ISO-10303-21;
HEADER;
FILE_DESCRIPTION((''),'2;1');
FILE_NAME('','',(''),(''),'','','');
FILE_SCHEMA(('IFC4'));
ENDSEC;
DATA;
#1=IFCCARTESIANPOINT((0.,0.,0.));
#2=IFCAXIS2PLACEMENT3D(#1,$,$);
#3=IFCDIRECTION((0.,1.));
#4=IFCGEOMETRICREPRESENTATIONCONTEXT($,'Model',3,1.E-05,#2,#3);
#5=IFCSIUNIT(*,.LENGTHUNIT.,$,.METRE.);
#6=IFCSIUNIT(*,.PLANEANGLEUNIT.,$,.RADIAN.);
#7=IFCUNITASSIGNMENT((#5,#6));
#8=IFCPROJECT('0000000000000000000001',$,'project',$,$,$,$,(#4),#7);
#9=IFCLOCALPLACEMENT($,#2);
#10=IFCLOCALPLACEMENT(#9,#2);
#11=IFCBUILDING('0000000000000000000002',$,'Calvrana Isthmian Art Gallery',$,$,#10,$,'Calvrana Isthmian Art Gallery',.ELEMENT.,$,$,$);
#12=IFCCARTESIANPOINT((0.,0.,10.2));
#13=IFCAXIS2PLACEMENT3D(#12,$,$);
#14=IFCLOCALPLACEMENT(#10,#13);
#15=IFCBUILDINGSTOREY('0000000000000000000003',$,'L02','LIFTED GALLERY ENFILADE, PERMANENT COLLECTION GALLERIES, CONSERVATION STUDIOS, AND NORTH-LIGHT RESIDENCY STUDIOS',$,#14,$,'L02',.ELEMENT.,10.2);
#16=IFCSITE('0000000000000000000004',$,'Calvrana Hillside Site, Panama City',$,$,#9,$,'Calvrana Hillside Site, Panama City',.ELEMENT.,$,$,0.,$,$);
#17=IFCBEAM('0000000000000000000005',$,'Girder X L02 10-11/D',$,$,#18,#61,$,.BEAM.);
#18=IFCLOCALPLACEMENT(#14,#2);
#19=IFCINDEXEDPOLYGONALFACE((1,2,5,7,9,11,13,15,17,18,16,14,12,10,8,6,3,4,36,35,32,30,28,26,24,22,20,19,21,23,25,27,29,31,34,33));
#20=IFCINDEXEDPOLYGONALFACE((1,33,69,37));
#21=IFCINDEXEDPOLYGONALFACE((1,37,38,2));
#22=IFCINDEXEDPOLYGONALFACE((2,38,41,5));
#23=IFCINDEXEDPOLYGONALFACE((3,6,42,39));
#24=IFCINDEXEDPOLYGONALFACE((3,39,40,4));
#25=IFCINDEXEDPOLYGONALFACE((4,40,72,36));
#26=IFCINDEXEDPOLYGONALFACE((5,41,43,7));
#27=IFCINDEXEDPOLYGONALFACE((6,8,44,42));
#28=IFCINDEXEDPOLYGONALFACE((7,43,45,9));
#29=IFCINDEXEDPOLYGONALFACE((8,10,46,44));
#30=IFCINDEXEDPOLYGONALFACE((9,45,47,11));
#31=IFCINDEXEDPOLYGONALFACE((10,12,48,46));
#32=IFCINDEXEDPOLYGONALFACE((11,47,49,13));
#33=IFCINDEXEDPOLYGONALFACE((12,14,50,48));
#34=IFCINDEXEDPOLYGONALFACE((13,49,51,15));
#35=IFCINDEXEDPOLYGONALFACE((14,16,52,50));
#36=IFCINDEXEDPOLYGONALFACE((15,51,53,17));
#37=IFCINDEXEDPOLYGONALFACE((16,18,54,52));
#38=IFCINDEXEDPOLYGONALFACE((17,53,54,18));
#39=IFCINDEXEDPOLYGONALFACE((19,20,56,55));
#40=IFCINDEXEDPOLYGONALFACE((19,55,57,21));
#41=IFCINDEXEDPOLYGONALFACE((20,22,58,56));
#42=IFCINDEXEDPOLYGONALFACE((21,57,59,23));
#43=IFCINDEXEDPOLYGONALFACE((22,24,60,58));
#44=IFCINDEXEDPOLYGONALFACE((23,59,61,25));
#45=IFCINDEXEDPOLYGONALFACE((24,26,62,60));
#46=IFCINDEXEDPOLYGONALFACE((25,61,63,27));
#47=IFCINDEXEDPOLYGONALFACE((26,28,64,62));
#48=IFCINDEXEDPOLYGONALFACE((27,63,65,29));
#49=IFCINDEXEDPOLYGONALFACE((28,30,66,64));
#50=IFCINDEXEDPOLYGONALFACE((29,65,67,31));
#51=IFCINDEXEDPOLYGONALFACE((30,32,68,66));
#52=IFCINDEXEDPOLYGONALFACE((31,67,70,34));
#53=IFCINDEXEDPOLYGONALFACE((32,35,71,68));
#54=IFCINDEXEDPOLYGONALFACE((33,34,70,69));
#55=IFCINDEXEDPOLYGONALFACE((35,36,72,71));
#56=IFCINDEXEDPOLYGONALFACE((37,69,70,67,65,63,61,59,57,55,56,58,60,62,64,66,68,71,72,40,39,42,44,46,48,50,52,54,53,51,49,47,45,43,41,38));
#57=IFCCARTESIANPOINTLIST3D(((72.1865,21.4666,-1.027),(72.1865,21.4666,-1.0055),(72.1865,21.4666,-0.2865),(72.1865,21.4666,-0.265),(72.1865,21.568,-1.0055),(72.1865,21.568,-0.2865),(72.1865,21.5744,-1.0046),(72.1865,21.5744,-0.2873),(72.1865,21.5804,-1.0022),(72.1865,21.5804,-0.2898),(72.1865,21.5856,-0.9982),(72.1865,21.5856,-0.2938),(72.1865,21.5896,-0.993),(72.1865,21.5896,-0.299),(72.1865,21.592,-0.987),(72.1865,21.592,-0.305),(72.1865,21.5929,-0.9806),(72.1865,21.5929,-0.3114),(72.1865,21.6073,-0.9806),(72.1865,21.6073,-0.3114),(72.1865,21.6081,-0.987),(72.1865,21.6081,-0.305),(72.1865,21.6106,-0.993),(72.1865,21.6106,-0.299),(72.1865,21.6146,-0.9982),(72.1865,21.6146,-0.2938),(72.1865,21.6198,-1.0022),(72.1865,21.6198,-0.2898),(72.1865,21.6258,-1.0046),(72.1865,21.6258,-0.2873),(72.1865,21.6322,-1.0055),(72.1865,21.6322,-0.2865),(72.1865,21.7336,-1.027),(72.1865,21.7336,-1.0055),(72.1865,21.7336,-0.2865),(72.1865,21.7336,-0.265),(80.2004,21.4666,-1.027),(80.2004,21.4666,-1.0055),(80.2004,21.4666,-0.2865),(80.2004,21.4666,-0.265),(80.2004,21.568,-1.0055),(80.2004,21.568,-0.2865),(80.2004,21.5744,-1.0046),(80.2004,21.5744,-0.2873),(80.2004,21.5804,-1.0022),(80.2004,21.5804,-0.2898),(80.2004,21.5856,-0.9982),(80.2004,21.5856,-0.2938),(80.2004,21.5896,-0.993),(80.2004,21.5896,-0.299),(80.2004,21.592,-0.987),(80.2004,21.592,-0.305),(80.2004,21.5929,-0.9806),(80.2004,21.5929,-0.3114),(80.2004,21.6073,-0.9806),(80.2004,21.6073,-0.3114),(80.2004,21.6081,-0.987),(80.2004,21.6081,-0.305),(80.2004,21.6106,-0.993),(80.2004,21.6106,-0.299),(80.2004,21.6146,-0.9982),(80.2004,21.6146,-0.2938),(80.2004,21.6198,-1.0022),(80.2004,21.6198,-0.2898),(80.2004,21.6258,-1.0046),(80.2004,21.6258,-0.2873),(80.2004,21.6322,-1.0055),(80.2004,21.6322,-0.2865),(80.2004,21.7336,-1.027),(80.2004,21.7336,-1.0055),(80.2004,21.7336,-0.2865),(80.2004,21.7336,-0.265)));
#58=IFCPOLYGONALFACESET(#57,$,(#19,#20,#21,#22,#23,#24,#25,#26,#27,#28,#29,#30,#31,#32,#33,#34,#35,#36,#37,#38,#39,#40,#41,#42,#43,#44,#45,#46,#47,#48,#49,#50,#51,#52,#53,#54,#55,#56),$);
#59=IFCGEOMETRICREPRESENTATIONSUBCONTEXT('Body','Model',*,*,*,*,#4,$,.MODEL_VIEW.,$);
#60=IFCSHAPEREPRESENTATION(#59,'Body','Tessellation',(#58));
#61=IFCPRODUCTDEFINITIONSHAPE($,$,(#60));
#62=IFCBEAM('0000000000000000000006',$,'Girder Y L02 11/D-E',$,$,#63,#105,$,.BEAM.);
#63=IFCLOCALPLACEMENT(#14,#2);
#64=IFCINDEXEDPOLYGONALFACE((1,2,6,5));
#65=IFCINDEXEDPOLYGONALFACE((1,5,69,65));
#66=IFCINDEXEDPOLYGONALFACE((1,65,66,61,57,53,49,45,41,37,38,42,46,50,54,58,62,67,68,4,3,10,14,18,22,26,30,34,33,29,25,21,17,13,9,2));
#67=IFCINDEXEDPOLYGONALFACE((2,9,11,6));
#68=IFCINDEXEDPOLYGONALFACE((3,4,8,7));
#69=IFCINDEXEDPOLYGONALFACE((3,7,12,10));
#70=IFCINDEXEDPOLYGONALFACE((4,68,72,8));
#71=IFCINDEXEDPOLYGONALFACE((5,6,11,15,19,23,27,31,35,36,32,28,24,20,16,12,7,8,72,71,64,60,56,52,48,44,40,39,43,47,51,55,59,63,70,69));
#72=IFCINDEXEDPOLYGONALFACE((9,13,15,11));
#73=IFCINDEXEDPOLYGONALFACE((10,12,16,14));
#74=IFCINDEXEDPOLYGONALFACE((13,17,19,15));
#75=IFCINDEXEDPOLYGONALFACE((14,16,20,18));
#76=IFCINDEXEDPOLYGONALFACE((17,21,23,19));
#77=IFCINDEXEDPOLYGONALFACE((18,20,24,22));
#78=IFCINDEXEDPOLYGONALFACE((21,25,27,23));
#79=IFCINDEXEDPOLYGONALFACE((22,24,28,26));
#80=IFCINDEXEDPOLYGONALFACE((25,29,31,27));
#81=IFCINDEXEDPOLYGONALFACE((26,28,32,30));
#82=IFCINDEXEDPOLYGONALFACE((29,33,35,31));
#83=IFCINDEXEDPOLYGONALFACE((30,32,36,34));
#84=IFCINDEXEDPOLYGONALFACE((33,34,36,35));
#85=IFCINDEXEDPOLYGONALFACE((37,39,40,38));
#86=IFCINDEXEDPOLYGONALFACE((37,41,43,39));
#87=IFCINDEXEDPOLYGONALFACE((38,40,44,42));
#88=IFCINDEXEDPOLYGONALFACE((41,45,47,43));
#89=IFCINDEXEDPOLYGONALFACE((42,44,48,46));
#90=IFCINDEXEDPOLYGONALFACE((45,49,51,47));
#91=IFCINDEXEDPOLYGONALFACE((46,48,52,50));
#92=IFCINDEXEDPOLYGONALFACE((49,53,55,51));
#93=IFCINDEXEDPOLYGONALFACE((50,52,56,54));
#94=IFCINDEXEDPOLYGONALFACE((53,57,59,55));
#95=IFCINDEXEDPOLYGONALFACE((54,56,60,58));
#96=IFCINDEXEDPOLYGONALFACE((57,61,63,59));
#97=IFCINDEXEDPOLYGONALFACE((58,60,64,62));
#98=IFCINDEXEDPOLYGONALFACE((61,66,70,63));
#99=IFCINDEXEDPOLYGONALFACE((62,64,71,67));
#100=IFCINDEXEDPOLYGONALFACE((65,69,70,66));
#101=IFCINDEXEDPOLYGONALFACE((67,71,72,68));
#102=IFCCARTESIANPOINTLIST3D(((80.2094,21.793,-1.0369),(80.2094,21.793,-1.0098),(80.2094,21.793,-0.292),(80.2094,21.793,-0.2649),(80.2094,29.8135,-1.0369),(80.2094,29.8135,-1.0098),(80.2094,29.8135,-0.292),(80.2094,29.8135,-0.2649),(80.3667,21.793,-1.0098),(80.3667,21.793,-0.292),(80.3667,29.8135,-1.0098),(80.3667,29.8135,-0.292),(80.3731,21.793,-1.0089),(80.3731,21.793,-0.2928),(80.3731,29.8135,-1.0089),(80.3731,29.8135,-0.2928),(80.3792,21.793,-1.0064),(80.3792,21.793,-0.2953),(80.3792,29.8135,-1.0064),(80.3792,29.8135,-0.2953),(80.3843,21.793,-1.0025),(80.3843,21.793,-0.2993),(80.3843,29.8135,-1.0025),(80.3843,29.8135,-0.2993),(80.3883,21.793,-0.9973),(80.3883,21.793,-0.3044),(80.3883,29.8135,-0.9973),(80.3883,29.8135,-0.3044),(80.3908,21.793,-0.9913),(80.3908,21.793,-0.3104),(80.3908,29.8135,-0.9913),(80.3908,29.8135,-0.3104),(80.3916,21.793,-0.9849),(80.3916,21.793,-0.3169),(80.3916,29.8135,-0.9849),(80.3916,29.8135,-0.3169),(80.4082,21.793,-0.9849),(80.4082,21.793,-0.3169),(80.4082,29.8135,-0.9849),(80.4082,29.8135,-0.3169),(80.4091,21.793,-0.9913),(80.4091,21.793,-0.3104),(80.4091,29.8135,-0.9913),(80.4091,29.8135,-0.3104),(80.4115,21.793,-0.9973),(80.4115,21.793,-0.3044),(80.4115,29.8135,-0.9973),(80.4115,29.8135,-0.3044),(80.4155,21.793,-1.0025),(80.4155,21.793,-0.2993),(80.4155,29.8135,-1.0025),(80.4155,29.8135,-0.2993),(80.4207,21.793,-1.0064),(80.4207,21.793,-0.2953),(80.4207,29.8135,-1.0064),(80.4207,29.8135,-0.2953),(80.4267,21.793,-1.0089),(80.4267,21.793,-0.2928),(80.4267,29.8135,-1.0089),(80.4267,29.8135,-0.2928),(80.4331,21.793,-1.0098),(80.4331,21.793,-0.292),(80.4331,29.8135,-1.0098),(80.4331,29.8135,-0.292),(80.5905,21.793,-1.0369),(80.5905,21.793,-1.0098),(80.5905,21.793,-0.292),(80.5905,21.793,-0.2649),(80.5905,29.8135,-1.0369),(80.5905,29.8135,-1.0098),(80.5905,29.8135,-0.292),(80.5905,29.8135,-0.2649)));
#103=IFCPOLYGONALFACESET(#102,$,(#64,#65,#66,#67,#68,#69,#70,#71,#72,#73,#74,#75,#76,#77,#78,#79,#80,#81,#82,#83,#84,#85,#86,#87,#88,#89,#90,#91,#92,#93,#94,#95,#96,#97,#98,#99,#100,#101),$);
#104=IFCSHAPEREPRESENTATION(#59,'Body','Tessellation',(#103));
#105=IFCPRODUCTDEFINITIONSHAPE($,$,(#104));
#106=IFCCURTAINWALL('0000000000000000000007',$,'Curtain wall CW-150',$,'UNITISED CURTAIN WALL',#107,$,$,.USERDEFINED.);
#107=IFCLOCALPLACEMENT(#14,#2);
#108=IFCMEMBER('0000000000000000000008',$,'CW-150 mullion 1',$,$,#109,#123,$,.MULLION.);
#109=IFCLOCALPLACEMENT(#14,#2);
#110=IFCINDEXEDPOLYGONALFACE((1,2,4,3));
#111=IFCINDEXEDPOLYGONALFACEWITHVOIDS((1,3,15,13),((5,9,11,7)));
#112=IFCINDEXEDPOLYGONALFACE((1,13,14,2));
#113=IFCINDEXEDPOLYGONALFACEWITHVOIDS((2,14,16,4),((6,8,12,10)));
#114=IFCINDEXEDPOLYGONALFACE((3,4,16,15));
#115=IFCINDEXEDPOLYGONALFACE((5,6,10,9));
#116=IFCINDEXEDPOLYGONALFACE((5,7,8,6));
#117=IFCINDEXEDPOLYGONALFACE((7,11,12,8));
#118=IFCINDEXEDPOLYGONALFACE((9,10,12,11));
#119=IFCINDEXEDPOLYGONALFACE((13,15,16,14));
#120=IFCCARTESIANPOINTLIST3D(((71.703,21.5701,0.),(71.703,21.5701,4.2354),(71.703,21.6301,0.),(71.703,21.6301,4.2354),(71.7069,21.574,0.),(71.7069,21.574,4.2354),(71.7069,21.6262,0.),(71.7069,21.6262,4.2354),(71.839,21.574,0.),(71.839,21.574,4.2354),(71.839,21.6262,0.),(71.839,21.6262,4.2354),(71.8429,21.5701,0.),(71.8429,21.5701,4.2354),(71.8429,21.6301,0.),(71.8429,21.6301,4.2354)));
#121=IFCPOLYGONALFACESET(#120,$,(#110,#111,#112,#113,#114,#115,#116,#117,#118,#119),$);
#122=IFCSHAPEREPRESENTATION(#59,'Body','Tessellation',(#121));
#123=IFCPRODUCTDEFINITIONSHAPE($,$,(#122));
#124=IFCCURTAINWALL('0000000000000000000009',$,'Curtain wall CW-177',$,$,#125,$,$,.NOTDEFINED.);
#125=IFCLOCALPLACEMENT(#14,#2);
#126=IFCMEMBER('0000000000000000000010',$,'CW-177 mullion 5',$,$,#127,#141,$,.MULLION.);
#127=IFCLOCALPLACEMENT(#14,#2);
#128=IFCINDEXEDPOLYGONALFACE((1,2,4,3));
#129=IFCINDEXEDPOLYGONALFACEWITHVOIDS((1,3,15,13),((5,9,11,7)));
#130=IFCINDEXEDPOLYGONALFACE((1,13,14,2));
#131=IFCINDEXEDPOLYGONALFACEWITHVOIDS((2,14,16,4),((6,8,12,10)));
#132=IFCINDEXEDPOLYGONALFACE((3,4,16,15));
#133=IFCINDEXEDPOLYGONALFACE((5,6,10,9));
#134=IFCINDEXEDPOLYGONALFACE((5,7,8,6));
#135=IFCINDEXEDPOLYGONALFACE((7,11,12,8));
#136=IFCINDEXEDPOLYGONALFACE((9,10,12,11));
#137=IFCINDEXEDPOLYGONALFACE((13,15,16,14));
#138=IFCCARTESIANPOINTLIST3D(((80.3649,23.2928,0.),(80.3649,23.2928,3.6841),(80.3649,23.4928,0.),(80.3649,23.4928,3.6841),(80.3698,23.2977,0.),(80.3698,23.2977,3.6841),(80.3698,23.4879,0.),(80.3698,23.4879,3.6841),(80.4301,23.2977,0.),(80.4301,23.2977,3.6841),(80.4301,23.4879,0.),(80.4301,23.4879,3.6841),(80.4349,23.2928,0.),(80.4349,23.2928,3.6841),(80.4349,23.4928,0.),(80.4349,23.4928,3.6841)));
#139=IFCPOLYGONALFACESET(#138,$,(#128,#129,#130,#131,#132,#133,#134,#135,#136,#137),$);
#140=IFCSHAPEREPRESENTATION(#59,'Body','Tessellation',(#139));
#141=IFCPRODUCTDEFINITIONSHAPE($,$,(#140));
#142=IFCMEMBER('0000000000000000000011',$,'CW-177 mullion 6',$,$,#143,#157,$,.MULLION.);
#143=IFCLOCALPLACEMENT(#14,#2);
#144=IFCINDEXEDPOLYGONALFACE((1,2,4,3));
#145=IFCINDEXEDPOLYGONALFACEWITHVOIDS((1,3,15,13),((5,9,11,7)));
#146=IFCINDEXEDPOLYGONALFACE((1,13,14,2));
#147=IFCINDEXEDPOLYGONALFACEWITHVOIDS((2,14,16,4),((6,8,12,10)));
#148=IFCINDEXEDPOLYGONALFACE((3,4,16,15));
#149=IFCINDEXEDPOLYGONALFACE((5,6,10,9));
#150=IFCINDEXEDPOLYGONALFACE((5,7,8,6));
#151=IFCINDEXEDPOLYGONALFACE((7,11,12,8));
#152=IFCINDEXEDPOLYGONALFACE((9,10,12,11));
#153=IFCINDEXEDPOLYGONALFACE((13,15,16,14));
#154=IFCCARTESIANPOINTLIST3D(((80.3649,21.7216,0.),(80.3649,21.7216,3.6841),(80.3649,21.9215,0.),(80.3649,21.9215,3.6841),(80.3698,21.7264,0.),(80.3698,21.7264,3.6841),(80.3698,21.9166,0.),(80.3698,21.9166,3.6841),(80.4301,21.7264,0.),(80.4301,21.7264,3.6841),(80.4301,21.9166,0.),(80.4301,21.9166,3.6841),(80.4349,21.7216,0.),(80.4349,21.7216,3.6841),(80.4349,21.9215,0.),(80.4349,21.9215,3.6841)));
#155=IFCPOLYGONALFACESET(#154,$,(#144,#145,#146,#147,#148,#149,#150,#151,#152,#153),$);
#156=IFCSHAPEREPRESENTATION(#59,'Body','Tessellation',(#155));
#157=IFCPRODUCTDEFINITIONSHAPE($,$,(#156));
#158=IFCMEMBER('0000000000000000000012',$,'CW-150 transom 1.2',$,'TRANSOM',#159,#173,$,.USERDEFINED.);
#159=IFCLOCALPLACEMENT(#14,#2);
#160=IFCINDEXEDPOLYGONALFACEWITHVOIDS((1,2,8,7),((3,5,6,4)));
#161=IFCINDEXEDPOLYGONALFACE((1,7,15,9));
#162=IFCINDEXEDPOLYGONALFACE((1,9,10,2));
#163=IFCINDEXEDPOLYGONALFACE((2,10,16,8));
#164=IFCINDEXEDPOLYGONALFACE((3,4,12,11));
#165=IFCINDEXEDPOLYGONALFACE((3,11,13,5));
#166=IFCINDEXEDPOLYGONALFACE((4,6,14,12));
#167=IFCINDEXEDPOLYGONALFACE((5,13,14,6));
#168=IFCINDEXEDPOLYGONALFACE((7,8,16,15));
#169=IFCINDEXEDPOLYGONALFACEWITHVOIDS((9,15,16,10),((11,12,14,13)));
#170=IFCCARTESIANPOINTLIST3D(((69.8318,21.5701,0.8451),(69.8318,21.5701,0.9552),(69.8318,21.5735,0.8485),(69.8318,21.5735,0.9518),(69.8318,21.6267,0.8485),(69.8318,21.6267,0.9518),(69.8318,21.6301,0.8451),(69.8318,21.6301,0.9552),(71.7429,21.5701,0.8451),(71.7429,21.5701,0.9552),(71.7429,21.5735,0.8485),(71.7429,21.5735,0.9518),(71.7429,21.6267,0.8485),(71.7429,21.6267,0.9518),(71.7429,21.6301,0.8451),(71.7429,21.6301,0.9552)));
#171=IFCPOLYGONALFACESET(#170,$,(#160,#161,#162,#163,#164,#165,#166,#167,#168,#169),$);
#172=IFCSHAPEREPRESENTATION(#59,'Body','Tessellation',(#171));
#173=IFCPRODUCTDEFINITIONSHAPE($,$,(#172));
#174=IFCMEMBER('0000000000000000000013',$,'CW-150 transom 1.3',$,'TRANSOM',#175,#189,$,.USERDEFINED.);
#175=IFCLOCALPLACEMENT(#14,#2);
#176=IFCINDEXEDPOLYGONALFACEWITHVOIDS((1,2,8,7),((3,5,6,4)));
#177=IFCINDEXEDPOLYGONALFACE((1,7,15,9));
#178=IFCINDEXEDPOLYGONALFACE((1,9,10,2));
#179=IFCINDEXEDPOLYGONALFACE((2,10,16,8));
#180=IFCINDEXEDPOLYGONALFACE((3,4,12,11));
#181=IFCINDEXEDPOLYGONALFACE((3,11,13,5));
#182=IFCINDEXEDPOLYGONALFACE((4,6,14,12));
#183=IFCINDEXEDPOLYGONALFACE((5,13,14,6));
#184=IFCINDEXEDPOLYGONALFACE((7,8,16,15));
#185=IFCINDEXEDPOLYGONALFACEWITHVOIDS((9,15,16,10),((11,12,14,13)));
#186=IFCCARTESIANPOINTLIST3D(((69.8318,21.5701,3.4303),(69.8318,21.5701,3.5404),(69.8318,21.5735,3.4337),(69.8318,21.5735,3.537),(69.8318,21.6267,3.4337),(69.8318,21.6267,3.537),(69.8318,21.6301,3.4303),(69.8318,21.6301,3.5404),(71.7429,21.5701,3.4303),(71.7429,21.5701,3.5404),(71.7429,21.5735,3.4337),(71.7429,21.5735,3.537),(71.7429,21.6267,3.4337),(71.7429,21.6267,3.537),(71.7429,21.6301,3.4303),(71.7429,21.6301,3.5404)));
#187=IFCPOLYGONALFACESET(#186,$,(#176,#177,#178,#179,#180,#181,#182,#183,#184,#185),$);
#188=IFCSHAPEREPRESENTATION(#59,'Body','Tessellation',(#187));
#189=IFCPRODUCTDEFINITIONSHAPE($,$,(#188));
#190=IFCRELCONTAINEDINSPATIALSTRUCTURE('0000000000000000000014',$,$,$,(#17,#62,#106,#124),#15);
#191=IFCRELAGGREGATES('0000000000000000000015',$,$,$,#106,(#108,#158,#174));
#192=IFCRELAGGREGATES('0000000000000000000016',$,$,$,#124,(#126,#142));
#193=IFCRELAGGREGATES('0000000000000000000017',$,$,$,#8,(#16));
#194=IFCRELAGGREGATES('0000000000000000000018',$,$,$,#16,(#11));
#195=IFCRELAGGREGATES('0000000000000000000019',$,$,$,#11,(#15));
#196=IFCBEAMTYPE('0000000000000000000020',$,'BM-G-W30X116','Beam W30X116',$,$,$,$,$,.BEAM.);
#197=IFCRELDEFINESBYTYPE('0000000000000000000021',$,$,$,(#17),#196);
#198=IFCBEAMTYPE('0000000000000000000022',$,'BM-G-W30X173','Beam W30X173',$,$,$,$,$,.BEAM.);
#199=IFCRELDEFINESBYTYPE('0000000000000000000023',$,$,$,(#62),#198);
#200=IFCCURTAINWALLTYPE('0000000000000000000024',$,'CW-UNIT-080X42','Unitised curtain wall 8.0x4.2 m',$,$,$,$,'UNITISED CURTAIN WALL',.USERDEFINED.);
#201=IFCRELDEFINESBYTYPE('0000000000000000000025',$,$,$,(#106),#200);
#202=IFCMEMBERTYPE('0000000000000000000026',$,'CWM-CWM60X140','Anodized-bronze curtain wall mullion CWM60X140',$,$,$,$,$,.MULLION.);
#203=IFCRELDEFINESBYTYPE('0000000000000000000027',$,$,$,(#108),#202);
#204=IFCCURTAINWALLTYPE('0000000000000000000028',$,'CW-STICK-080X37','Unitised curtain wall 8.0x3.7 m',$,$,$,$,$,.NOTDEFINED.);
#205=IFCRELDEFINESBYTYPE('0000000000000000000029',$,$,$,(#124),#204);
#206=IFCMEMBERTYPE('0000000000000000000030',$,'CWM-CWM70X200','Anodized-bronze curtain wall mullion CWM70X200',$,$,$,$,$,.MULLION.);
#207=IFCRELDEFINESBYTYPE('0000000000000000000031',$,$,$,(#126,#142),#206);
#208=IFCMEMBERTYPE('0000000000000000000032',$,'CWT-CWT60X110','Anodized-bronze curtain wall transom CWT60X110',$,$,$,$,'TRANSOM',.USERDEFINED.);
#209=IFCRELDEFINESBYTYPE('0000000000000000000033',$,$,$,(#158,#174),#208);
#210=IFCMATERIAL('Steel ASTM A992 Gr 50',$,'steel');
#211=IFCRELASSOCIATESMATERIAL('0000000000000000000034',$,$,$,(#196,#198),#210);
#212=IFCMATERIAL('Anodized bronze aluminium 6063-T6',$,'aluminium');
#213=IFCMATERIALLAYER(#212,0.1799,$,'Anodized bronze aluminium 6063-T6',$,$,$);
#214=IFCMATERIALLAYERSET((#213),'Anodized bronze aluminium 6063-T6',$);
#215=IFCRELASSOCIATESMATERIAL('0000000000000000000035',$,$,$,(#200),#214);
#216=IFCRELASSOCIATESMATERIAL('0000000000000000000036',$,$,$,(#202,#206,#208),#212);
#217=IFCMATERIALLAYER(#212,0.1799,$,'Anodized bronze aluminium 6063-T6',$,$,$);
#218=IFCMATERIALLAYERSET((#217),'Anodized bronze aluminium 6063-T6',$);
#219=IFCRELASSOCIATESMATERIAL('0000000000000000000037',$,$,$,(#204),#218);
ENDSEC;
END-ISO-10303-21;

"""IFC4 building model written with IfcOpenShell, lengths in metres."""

from ifc_helpers import new_model, si_unit, direction, frame, origin, origin_2d, place, context, subcontext, project, spatial, hollow_rectangle, i_section, extrude, material, layer, layer_set, material_profile, profile_set, type_object, element, aggregate, save


model = new_model("IFC4")

# Units and contexts
model_context = context("Model", 3, precision=1e-05, world=origin(), true_north=direction((0.0, 1.0)))
body_context = subcontext(model_context, "Body", "Model", "MODEL_VIEW")
ifc_project = project(units=[si_unit("LENGTHUNIT", "METRE"), si_unit("PLANEANGLEUNIT", "RADIAN")], contexts=[model_context])

# Site, building, storey
site_placement = place(None, origin())
site = spatial("IfcSite", under=ifc_project, at=site_placement, Name="Calvrana Hillside Site, Panama City", LongName="Calvrana Hillside Site, Panama City", CompositionType="ELEMENT", RefElevation=0.0)
building_placement = place(site_placement, origin())
building = spatial("IfcBuilding", under=site, at=building_placement, Name="Calvrana Isthmian Art Gallery", LongName="Calvrana Isthmian Art Gallery", CompositionType="ELEMENT")
storey_placement = place(building_placement, frame((0.0, 0.0, 10.2)))
storey = spatial("IfcBuildingStorey", under=building, at=storey_placement, Name="L02", Description="LIFTED GALLERY ENFILADE, PERMANENT COLLECTION GALLERIES, CONSERVATION STUDIOS, AND NORTH-LIGHT RESIDENCY STUDIOS", LongName="L02", CompositionType="ELEMENT", Elevation=10.2)

# Shared definitions
ifc_material_1 = material(Name="Steel ASTM A992 Gr 50", Category="steel")

# Beams
ifc_material_profile_1 = material_profile(ifc_material_1, i_section(OverallWidth=0.2671, OverallDepth=0.762, WebThickness=0.0144, FlangeThickness=0.0215, FilletRadius=0.0249, at=origin_2d()), Name="W30X116")
ifc_profile_set_1 = profile_set([ifc_material_profile_1], Name="Steel ASTM A992 Gr 50")
beam_type_1 = type_object("IfcBeamType", Name="BM-G-W30X116", Description="Beam W30X116", PredefinedType="BEAM", material=ifc_profile_set_1)
beam_1_placement = place(storey_placement, frame((72.1865, 21.6001, -0.646), z_axis=(1.0, 0.0, 0.0), x_axis=(0.0, 1.0, 0.0)))
element("IfcBeam", 1, at=beam_1_placement, inside=storey, type_object=beam_type_1, Name="Girder X L02 10-11/D", PredefinedType="BEAM", context=body_context, shape_type="SweptSolid", body=[
    extrude(i_section(OverallWidth=0.2671, OverallDepth=0.762, WebThickness=0.0144, FlangeThickness=0.0215, FilletRadius=0.0249, at=origin_2d()), origin(), (0.0, 0.0, 1.0), 8.0139),
])
ifc_material_profile_2 = material_profile(ifc_material_1, i_section(OverallWidth=0.3811, OverallDepth=0.772, WebThickness=0.0166, FlangeThickness=0.0271, FilletRadius=0.0249, at=origin_2d()), Name="W30X173")
ifc_profile_set_2 = profile_set([ifc_material_profile_2], Name="Steel ASTM A992 Gr 50")
beam_type_2 = type_object("IfcBeamType", Name="BM-G-W30X173", Description="Beam W30X173", PredefinedType="BEAM", material=ifc_profile_set_2)
beam_2_placement = place(storey_placement, frame((80.3999, 21.793, -0.6509), z_axis=(0.0, 1.0, 0.0), x_axis=(-1.0, 0.0, 0.0)))
element("IfcBeam", 2, at=beam_2_placement, inside=storey, type_object=beam_type_2, Name="Girder Y L02 11/D-E", PredefinedType="BEAM", context=body_context, shape_type="SweptSolid", body=[
    extrude(i_section(OverallWidth=0.3811, OverallDepth=0.772, WebThickness=0.0166, FlangeThickness=0.0271, FilletRadius=0.0249, at=origin_2d()), origin(), (0.0, 0.0, 1.0), 8.0205),
])

# Curtain wall, member
ifc_material_2 = material(Name="Anodized bronze aluminium 6063-T6", Category="aluminium")
ifc_layer_1 = layer(ifc_material_2, 0.1799, Name="Anodized bronze aluminium 6063-T6")
ifc_layer_set_1 = layer_set([ifc_layer_1], Name="Anodized bronze aluminium 6063-T6")
curtain_wall_type_1 = type_object("IfcCurtainWallType", Name="CW-UNIT-080X42", Description="Unitised curtain wall 8.0x4.2 m", ElementType="UNITISED CURTAIN WALL", PredefinedType="USERDEFINED", material=ifc_layer_set_1)
curtain_wall_1_placement = place(storey_placement, origin())
curtain_wall_1 = element("IfcCurtainWall", 3, at=curtain_wall_1_placement, inside=storey, type_object=curtain_wall_type_1, Name="Curtain wall CW-150", ObjectType="UNITISED CURTAIN WALL", PredefinedType="USERDEFINED")
ifc_material_profile_3 = material_profile(ifc_material_2, hollow_rectangle(XDim=0.0601, YDim=0.1399, WallThickness=0.0039, at=origin_2d()), Name="CWM60X140")
ifc_profile_set_3 = profile_set([ifc_material_profile_3], Name="Anodized bronze aluminium 6063-T6")
member_type_1 = type_object("IfcMemberType", Name="CWM-CWM60X140", Description="Anodized-bronze curtain wall mullion CWM60X140", PredefinedType="MULLION", material=ifc_profile_set_3)
member_1_placement = place(storey_placement, frame((71.7729, 21.6001, 0.0), z_axis=(0.0, 0.0, 1.0), x_axis=(0.0, -1.0, 0.0)))
member_1 = element("IfcMember", 4, at=member_1_placement, type_object=member_type_1, Name="CW-150 mullion 1", PredefinedType="MULLION", context=body_context, shape_type="SweptSolid", body=[
    extrude(hollow_rectangle(XDim=0.0601, YDim=0.1399, WallThickness=0.0039, at=origin_2d()), origin(), (0.0, 0.0, 1.0), 4.2354),
])

# Curtain wall, members
ifc_layer_2 = layer(ifc_material_2, 0.1799, Name="Anodized bronze aluminium 6063-T6")
ifc_layer_set_2 = layer_set([ifc_layer_2], Name="Anodized bronze aluminium 6063-T6")
curtain_wall_type_2 = type_object("IfcCurtainWallType", Name="CW-STICK-080X37", Description="Unitised curtain wall 8.0x3.7 m", PredefinedType="NOTDEFINED", material=ifc_layer_set_2)
curtain_wall_2_placement = place(storey_placement, origin())
curtain_wall_2 = element("IfcCurtainWall", 5, at=curtain_wall_2_placement, inside=storey, type_object=curtain_wall_type_2, Name="Curtain wall CW-177", PredefinedType="NOTDEFINED")
ifc_material_profile_4 = material_profile(ifc_material_2, hollow_rectangle(XDim=0.0701, YDim=0.2, WallThickness=0.0049, at=origin_2d()), Name="CWM70X200")
ifc_profile_set_4 = profile_set([ifc_material_profile_4], Name="Anodized bronze aluminium 6063-T6")
member_type_2 = type_object("IfcMemberType", Name="CWM-CWM70X200", Description="Anodized-bronze curtain wall mullion CWM70X200", PredefinedType="MULLION", material=ifc_profile_set_4)
member_2_placement = place(storey_placement, frame((80.3999, 23.3928, 0.0), z_axis=(0.0, 0.0, 1.0), x_axis=(1.0, 0.0, 0.0)))
member_2 = element("IfcMember", 6, at=member_2_placement, type_object=member_type_2, Name="CW-177 mullion 5", PredefinedType="MULLION", context=body_context, shape_type="SweptSolid", body=[
    extrude(hollow_rectangle(XDim=0.0701, YDim=0.2, WallThickness=0.0049, at=origin_2d()), origin(), (0.0, 0.0, 1.0), 3.6841),
])
member_3_placement = place(storey_placement, frame((80.3999, 21.8215, 0.0), z_axis=(0.0, 0.0, 1.0), x_axis=(1.0, 0.0, 0.0)))
member_3 = element("IfcMember", 7, at=member_3_placement, type_object=member_type_2, Name="CW-177 mullion 6", PredefinedType="MULLION", context=body_context, shape_type="SweptSolid", body=[
    extrude(hollow_rectangle(XDim=0.0701, YDim=0.2, WallThickness=0.0049, at=origin_2d()), origin(), (0.0, 0.0, 1.0), 3.6841),
])

# Members
ifc_material_profile_5 = material_profile(ifc_material_2, hollow_rectangle(XDim=0.0601, YDim=0.1101, WallThickness=0.0034, at=origin_2d()), Name="CWT60X110")
ifc_profile_set_5 = profile_set([ifc_material_profile_5], Name="Anodized bronze aluminium 6063-T6")
member_type_3 = type_object("IfcMemberType", Name="CWT-CWT60X110", Description="Anodized-bronze curtain wall transom CWT60X110", ElementType="TRANSOM", PredefinedType="USERDEFINED", material=ifc_profile_set_5)
member_4_placement = place(storey_placement, frame((71.7429, 21.6001, 0.9001), z_axis=(-1.0, 0.0, 0.0), x_axis=(0.0, -1.0, 0.0)))
member_4 = element("IfcMember", 8, at=member_4_placement, type_object=member_type_3, Name="CW-150 transom 1.2", ObjectType="TRANSOM", PredefinedType="USERDEFINED", context=body_context, shape_type="SweptSolid", body=[
    extrude(hollow_rectangle(XDim=0.0601, YDim=0.1101, WallThickness=0.0034, at=origin_2d()), origin(), (0.0, 0.0, 1.0), 1.9111),
])
member_5_placement = place(storey_placement, frame((71.7429, 21.6001, 3.4854), z_axis=(-1.0, 0.0, 0.0), x_axis=(0.0, -1.0, 0.0)))
member_5 = element("IfcMember", 9, at=member_5_placement, type_object=member_type_3, Name="CW-150 transom 1.3", ObjectType="TRANSOM", PredefinedType="USERDEFINED", context=body_context, shape_type="SweptSolid", body=[
    extrude(hollow_rectangle(XDim=0.0601, YDim=0.1101, WallThickness=0.0034, at=origin_2d()), origin(), (0.0, 0.0, 1.0), 1.9111),
])
aggregate(curtain_wall_1, [member_1, member_4, member_5])

aggregate(curtain_wall_2, [member_2, member_3])

save(model, "model.ifc")
